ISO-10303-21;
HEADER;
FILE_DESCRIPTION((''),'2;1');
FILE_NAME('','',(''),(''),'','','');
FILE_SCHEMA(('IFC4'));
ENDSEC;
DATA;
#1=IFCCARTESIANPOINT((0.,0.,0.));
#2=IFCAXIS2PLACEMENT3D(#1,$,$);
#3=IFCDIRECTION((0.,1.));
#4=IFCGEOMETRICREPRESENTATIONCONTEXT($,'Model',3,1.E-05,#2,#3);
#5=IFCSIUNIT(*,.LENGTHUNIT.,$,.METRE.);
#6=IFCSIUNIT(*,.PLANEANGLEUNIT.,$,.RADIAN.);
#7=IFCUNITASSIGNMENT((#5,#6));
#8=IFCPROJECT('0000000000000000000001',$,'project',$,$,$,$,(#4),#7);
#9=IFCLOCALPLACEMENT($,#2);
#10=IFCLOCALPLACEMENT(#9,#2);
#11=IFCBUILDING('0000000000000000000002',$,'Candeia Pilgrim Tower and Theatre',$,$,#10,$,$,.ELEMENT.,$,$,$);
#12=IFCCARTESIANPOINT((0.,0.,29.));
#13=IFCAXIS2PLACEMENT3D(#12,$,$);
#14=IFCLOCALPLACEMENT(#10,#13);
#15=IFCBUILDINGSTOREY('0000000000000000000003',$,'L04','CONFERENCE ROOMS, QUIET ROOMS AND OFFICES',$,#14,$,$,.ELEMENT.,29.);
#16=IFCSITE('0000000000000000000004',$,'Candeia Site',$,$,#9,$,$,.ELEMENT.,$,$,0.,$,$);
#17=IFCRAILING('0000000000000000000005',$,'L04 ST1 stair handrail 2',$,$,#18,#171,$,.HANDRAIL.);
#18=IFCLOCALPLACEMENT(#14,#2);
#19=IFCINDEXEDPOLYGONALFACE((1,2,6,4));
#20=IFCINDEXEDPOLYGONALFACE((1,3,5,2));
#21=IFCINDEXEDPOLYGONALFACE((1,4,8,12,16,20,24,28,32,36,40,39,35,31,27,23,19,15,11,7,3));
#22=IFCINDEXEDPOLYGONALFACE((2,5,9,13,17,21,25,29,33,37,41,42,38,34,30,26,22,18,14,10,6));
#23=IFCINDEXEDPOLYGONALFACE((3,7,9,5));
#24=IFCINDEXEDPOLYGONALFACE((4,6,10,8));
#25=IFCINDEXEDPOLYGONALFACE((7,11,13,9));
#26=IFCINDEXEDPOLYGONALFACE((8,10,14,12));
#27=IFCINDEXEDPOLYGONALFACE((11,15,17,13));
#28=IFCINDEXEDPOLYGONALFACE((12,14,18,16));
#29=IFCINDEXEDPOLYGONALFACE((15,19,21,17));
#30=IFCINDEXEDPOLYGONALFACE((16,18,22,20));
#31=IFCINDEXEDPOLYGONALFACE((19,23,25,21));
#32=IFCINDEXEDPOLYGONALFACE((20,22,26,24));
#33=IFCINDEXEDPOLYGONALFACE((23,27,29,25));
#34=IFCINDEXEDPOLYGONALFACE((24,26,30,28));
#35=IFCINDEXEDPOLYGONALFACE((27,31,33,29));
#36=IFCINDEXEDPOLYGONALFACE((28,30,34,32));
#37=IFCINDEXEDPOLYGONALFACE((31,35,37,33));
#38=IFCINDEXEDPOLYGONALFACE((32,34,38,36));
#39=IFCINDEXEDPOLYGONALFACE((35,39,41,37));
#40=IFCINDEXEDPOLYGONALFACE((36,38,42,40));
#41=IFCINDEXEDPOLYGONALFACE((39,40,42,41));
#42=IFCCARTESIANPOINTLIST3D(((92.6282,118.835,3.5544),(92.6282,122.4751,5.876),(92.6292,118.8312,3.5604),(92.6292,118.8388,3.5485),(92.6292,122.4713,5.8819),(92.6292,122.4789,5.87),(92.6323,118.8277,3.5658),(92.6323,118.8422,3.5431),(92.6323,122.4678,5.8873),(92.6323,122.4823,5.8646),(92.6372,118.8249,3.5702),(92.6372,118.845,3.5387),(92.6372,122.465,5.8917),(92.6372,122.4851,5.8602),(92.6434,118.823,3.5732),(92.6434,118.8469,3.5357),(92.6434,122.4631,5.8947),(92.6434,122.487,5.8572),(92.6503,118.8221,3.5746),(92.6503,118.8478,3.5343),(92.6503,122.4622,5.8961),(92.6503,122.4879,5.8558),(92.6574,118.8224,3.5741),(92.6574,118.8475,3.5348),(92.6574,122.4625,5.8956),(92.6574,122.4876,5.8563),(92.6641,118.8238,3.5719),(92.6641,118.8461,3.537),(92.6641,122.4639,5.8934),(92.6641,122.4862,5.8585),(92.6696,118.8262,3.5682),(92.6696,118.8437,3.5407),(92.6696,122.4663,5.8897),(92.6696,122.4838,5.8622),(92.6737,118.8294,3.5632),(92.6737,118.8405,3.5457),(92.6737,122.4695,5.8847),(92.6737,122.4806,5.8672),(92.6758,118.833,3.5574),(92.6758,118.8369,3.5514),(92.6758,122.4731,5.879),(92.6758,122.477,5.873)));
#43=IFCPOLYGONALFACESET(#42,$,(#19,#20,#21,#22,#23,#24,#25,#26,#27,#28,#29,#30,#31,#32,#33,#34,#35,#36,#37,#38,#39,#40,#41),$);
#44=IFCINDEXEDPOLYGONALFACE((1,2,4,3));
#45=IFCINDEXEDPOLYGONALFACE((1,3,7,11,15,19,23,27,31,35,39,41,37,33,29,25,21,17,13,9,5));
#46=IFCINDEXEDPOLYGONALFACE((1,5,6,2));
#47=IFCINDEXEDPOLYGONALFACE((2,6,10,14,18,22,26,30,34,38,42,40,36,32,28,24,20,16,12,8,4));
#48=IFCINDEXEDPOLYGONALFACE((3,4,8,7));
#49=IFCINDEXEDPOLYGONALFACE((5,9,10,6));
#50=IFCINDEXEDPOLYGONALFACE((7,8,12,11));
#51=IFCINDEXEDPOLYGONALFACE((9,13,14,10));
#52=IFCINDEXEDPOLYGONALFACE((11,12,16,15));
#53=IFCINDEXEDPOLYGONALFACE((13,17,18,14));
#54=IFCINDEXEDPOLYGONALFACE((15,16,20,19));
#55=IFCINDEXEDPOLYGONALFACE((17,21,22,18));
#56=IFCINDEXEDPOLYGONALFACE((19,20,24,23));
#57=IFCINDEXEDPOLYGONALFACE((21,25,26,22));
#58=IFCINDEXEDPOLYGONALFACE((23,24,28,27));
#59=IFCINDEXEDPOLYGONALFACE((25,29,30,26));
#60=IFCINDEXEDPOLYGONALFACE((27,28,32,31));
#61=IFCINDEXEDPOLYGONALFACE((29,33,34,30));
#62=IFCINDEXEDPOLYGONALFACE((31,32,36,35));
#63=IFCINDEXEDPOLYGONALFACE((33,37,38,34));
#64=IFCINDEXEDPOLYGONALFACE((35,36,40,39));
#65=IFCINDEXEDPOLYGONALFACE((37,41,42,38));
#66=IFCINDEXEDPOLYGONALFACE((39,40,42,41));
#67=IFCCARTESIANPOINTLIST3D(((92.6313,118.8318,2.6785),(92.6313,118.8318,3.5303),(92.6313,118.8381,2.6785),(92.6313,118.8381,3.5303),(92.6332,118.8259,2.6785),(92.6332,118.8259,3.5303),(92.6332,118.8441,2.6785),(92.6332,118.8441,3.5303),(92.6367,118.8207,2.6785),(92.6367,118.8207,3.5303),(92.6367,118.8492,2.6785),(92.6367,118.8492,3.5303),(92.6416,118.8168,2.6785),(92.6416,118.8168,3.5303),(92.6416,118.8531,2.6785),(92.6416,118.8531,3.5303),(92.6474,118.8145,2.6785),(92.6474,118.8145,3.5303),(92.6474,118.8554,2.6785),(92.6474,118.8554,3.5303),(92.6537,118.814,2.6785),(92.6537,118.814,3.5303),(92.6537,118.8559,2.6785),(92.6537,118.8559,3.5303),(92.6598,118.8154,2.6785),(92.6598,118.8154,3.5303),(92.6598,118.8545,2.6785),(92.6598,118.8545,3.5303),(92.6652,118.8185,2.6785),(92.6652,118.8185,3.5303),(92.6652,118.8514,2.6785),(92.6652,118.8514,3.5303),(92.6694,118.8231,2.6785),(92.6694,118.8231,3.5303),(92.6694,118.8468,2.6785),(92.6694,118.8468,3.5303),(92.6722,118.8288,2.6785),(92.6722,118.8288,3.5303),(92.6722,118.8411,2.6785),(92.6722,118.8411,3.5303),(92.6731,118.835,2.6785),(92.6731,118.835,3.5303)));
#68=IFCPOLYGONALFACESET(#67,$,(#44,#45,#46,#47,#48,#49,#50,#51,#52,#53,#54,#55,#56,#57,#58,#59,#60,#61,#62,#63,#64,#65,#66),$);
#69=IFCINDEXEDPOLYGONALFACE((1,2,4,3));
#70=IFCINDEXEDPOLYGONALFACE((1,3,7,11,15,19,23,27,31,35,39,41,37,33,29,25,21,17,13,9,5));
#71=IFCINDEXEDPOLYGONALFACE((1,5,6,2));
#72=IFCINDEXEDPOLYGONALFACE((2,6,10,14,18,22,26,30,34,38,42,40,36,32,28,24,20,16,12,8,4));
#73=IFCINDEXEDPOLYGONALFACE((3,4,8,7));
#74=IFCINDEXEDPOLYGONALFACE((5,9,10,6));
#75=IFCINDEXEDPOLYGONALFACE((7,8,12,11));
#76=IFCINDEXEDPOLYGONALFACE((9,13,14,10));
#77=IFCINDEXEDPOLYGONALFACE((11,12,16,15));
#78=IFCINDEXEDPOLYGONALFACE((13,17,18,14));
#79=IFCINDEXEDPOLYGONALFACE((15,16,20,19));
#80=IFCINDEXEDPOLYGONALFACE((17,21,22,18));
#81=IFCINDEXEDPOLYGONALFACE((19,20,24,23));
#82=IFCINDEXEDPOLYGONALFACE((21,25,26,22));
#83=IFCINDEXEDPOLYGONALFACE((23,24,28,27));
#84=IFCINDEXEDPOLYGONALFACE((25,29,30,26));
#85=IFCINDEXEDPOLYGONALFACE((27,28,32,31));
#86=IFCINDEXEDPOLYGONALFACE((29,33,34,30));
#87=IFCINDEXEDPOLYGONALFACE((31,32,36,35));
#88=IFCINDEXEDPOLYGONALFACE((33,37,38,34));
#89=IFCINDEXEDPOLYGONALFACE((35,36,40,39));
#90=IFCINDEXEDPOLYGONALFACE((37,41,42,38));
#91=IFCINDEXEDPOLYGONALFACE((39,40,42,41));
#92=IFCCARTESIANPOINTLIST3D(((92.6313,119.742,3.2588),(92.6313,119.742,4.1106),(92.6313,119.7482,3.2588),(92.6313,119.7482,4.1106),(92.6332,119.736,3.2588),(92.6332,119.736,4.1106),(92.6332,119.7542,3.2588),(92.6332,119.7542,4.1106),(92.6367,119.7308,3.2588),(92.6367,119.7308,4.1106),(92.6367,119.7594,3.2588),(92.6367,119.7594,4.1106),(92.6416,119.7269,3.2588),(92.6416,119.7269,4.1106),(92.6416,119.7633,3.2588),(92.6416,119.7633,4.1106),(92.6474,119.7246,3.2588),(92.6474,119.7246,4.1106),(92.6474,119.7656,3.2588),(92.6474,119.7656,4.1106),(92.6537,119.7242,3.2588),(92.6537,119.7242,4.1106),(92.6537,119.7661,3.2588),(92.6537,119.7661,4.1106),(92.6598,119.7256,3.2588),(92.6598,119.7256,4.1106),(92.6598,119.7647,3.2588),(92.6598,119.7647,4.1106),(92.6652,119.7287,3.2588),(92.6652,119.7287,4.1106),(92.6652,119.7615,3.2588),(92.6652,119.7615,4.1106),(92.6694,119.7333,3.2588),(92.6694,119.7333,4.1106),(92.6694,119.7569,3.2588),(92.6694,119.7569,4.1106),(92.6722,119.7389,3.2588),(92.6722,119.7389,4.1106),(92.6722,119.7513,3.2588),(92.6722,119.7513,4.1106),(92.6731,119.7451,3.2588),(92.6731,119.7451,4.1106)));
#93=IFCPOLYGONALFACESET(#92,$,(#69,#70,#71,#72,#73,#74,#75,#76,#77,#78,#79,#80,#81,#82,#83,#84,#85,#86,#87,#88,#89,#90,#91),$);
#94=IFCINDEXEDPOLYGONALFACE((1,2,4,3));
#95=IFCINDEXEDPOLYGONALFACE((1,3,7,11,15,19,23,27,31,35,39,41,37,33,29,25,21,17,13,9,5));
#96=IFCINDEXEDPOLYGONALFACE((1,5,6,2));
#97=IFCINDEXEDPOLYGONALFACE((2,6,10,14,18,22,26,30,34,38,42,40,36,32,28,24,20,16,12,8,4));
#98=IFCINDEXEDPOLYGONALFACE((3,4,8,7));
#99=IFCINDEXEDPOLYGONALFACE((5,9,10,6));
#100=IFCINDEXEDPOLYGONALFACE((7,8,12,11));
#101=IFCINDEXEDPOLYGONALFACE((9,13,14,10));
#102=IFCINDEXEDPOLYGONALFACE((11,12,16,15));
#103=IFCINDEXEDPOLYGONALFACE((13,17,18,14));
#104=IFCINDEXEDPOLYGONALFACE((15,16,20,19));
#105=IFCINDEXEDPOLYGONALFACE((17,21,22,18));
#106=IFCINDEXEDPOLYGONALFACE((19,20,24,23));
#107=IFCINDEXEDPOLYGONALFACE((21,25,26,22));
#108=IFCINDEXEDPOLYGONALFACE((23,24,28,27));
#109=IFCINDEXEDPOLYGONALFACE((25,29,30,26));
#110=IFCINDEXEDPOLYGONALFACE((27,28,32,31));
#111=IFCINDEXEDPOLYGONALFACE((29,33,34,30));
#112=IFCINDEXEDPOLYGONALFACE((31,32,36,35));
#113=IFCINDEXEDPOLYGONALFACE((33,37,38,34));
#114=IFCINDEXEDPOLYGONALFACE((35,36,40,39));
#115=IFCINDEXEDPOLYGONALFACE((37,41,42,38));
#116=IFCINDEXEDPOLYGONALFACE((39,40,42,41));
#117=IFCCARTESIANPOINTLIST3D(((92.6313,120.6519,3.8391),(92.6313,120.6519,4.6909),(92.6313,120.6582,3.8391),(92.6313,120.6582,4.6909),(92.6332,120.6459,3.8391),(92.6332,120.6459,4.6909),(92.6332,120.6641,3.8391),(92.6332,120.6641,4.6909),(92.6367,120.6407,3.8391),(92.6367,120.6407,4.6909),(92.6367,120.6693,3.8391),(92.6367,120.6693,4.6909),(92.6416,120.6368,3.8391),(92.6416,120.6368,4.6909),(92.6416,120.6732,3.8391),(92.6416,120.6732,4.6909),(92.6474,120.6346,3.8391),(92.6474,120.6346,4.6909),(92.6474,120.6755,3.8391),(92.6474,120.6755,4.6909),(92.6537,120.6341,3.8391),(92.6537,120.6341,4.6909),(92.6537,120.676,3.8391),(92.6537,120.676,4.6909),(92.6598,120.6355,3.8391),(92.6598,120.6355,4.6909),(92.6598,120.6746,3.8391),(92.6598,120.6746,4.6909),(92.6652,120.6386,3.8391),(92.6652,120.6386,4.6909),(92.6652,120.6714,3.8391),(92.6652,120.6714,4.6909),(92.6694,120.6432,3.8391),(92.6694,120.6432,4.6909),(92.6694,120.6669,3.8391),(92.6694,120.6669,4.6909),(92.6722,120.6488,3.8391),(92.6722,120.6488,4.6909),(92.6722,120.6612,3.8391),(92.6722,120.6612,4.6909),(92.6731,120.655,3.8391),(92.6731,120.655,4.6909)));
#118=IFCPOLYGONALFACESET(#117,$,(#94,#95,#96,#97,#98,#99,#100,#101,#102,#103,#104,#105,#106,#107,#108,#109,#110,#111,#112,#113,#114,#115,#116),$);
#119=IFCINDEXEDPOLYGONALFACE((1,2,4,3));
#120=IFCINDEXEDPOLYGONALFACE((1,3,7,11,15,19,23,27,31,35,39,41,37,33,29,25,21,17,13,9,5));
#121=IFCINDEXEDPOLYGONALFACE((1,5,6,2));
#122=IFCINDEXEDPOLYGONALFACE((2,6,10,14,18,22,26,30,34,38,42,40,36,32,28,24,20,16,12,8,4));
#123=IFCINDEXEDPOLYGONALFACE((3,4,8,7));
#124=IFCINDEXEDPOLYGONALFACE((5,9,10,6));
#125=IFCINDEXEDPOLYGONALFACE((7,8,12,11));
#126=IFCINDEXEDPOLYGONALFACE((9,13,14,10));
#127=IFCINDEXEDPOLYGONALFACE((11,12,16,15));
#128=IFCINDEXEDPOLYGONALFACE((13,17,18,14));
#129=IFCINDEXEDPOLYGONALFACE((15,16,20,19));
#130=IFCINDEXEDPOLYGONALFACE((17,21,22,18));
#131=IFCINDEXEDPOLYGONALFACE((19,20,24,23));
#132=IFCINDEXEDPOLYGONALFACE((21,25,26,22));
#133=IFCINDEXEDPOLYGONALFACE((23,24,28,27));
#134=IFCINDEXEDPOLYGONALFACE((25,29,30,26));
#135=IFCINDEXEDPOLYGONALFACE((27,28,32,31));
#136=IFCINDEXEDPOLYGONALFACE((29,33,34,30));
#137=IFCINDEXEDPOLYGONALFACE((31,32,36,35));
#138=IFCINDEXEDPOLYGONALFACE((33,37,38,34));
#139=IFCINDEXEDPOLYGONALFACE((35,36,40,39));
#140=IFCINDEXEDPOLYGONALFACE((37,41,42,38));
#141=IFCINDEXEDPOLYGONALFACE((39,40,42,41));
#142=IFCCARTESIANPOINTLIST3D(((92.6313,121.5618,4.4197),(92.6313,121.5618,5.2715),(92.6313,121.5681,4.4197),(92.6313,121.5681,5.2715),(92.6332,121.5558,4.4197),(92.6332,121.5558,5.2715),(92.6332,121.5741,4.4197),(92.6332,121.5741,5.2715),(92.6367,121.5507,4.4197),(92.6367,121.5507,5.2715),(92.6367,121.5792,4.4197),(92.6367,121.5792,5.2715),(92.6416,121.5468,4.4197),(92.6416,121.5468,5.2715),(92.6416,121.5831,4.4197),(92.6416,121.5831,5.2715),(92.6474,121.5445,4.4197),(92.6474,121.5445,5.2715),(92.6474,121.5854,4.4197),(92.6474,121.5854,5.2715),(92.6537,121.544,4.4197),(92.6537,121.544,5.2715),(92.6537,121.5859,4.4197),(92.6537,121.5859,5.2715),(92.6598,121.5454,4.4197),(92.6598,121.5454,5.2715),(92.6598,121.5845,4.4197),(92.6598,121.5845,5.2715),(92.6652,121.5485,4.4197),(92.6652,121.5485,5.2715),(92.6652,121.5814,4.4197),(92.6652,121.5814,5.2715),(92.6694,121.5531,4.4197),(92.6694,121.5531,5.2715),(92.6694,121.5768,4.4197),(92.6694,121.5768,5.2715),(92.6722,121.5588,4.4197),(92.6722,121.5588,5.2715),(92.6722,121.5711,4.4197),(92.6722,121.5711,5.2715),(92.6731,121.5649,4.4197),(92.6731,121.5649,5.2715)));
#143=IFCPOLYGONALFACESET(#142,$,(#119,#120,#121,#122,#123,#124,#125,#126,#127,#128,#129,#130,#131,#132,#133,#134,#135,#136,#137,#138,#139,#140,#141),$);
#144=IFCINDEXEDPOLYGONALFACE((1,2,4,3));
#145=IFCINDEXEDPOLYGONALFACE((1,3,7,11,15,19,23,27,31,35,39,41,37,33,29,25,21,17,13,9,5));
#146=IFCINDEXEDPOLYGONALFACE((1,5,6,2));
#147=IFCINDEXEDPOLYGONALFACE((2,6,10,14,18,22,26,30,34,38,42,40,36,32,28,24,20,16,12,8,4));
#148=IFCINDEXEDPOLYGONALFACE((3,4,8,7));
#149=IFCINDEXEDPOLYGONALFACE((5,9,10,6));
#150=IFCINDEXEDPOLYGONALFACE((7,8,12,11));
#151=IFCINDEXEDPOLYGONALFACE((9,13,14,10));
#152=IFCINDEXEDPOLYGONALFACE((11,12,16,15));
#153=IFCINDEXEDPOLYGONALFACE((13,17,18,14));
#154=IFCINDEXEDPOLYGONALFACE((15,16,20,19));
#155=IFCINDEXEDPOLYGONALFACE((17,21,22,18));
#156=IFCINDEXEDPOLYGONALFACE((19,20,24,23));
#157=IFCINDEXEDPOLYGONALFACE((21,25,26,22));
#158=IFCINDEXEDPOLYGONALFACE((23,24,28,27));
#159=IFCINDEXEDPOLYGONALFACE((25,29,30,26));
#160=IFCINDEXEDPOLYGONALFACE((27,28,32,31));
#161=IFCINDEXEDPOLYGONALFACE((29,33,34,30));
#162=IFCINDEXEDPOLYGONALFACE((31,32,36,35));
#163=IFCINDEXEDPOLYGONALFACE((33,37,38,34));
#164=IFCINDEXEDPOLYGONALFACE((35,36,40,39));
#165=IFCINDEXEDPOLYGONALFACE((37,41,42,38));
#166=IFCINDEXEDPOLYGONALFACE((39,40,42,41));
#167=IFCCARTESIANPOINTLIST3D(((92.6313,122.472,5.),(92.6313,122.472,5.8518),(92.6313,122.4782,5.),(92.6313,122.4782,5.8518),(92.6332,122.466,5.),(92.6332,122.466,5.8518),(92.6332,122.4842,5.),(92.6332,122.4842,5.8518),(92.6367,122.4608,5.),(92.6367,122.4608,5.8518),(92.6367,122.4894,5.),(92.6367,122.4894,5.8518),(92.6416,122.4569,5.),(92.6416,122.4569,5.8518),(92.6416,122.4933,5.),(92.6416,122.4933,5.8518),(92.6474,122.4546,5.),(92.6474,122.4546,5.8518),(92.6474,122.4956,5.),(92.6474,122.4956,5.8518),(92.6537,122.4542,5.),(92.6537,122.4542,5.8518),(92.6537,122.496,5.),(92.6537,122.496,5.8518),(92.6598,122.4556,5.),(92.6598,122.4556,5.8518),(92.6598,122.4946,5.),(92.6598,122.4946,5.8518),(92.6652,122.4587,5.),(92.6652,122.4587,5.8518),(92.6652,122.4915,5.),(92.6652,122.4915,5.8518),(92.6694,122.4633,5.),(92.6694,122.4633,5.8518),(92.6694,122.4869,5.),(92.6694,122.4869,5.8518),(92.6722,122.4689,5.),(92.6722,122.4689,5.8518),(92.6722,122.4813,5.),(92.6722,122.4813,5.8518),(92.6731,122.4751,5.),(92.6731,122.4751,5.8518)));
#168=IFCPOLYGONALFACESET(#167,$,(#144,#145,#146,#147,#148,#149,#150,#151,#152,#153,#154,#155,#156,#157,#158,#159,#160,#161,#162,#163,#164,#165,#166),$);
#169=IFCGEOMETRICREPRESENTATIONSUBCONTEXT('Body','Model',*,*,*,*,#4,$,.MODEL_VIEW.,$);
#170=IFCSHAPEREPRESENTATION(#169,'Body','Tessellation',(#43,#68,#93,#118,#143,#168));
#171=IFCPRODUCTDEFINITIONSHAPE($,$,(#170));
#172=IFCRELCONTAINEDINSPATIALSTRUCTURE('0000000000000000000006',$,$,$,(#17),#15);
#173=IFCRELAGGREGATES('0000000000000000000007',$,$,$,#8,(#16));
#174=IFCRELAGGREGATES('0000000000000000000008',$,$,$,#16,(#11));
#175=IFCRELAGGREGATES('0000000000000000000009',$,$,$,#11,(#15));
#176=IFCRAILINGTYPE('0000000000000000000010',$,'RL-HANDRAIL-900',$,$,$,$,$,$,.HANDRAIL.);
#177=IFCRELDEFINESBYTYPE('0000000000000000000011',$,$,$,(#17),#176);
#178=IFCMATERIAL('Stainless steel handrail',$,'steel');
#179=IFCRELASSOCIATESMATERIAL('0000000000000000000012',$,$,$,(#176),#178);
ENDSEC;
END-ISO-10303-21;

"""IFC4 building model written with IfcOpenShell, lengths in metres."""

from ifc_helpers import new_model, si_unit, direction, frame, origin, origin_2d, place, context, subcontext, project, spatial, circle, extrude, material, type_object, element, save


model = new_model("IFC4")

# Units and contexts
model_context = context("Model", 3, precision=1e-05, world=origin(), true_north=direction((0.0, 1.0)))
body_context = subcontext(model_context, "Body", "Model", "MODEL_VIEW")
ifc_project = project(units=[si_unit("LENGTHUNIT", "METRE"), si_unit("PLANEANGLEUNIT", "RADIAN")], contexts=[model_context])

# Site, building, storey
site_placement = place(None, origin())
site = spatial("IfcSite", under=ifc_project, at=site_placement, Name="Candeia Site", CompositionType="ELEMENT", RefElevation=0.0)
building_placement = place(site_placement, origin())
building = spatial("IfcBuilding", under=site, at=building_placement, Name="Candeia Pilgrim Tower and Theatre", CompositionType="ELEMENT")
storey_placement = place(building_placement, frame((0.0, 0.0, 29.0)))
storey = spatial("IfcBuildingStorey", under=building, at=storey_placement, Name="L04", Description="CONFERENCE ROOMS, QUIET ROOMS AND OFFICES", CompositionType="ELEMENT", Elevation=29.0)

# Railing
ifc_material_1 = material(Name="Stainless steel handrail", Category="steel")
railing_type_1 = type_object("IfcRailingType", Name="RL-HANDRAIL-900", PredefinedType="HANDRAIL", material=ifc_material_1)
railing_1_placement = place(storey_placement, frame((92.6521, 118.835, 2.6785)))
element("IfcRailing", 1, at=railing_1_placement, inside=storey, type_object=railing_type_1, Name="L04 ST1 stair handrail 2", PredefinedType="HANDRAIL", context=body_context, shape_type="SweptSolid", body=[
    extrude(circle(Radius=0.0239, at=origin_2d()), frame((0.0, 0.0, 0.876), z_axis=(0.0, 0.843128, 0.537713), x_axis=(-1.0, 0.0, 0.0)), (0.0, 0.0, 1.0), 4.3174),
    extrude(circle(Radius=0.021, at=origin_2d()), origin(), (0.0, 0.0, 1.0), 0.8518),
    extrude(circle(Radius=0.021, at=origin_2d()), frame((0.0, 0.9102, 0.5803)), (0.0, 0.0, 1.0), 0.8518),
    extrude(circle(Radius=0.021, at=origin_2d()), frame((0.0, 1.8201, 1.1606)), (0.0, 0.0, 1.0), 0.8518),
    extrude(circle(Radius=0.021, at=origin_2d()), frame((0.0, 2.73, 1.7412)), (0.0, 0.0, 1.0), 0.8518),
    extrude(circle(Radius=0.021, at=origin_2d()), frame((0.0, 3.6401, 2.3215)), (0.0, 0.0, 1.0), 0.8518),
])

save(model, "model.ifc")
